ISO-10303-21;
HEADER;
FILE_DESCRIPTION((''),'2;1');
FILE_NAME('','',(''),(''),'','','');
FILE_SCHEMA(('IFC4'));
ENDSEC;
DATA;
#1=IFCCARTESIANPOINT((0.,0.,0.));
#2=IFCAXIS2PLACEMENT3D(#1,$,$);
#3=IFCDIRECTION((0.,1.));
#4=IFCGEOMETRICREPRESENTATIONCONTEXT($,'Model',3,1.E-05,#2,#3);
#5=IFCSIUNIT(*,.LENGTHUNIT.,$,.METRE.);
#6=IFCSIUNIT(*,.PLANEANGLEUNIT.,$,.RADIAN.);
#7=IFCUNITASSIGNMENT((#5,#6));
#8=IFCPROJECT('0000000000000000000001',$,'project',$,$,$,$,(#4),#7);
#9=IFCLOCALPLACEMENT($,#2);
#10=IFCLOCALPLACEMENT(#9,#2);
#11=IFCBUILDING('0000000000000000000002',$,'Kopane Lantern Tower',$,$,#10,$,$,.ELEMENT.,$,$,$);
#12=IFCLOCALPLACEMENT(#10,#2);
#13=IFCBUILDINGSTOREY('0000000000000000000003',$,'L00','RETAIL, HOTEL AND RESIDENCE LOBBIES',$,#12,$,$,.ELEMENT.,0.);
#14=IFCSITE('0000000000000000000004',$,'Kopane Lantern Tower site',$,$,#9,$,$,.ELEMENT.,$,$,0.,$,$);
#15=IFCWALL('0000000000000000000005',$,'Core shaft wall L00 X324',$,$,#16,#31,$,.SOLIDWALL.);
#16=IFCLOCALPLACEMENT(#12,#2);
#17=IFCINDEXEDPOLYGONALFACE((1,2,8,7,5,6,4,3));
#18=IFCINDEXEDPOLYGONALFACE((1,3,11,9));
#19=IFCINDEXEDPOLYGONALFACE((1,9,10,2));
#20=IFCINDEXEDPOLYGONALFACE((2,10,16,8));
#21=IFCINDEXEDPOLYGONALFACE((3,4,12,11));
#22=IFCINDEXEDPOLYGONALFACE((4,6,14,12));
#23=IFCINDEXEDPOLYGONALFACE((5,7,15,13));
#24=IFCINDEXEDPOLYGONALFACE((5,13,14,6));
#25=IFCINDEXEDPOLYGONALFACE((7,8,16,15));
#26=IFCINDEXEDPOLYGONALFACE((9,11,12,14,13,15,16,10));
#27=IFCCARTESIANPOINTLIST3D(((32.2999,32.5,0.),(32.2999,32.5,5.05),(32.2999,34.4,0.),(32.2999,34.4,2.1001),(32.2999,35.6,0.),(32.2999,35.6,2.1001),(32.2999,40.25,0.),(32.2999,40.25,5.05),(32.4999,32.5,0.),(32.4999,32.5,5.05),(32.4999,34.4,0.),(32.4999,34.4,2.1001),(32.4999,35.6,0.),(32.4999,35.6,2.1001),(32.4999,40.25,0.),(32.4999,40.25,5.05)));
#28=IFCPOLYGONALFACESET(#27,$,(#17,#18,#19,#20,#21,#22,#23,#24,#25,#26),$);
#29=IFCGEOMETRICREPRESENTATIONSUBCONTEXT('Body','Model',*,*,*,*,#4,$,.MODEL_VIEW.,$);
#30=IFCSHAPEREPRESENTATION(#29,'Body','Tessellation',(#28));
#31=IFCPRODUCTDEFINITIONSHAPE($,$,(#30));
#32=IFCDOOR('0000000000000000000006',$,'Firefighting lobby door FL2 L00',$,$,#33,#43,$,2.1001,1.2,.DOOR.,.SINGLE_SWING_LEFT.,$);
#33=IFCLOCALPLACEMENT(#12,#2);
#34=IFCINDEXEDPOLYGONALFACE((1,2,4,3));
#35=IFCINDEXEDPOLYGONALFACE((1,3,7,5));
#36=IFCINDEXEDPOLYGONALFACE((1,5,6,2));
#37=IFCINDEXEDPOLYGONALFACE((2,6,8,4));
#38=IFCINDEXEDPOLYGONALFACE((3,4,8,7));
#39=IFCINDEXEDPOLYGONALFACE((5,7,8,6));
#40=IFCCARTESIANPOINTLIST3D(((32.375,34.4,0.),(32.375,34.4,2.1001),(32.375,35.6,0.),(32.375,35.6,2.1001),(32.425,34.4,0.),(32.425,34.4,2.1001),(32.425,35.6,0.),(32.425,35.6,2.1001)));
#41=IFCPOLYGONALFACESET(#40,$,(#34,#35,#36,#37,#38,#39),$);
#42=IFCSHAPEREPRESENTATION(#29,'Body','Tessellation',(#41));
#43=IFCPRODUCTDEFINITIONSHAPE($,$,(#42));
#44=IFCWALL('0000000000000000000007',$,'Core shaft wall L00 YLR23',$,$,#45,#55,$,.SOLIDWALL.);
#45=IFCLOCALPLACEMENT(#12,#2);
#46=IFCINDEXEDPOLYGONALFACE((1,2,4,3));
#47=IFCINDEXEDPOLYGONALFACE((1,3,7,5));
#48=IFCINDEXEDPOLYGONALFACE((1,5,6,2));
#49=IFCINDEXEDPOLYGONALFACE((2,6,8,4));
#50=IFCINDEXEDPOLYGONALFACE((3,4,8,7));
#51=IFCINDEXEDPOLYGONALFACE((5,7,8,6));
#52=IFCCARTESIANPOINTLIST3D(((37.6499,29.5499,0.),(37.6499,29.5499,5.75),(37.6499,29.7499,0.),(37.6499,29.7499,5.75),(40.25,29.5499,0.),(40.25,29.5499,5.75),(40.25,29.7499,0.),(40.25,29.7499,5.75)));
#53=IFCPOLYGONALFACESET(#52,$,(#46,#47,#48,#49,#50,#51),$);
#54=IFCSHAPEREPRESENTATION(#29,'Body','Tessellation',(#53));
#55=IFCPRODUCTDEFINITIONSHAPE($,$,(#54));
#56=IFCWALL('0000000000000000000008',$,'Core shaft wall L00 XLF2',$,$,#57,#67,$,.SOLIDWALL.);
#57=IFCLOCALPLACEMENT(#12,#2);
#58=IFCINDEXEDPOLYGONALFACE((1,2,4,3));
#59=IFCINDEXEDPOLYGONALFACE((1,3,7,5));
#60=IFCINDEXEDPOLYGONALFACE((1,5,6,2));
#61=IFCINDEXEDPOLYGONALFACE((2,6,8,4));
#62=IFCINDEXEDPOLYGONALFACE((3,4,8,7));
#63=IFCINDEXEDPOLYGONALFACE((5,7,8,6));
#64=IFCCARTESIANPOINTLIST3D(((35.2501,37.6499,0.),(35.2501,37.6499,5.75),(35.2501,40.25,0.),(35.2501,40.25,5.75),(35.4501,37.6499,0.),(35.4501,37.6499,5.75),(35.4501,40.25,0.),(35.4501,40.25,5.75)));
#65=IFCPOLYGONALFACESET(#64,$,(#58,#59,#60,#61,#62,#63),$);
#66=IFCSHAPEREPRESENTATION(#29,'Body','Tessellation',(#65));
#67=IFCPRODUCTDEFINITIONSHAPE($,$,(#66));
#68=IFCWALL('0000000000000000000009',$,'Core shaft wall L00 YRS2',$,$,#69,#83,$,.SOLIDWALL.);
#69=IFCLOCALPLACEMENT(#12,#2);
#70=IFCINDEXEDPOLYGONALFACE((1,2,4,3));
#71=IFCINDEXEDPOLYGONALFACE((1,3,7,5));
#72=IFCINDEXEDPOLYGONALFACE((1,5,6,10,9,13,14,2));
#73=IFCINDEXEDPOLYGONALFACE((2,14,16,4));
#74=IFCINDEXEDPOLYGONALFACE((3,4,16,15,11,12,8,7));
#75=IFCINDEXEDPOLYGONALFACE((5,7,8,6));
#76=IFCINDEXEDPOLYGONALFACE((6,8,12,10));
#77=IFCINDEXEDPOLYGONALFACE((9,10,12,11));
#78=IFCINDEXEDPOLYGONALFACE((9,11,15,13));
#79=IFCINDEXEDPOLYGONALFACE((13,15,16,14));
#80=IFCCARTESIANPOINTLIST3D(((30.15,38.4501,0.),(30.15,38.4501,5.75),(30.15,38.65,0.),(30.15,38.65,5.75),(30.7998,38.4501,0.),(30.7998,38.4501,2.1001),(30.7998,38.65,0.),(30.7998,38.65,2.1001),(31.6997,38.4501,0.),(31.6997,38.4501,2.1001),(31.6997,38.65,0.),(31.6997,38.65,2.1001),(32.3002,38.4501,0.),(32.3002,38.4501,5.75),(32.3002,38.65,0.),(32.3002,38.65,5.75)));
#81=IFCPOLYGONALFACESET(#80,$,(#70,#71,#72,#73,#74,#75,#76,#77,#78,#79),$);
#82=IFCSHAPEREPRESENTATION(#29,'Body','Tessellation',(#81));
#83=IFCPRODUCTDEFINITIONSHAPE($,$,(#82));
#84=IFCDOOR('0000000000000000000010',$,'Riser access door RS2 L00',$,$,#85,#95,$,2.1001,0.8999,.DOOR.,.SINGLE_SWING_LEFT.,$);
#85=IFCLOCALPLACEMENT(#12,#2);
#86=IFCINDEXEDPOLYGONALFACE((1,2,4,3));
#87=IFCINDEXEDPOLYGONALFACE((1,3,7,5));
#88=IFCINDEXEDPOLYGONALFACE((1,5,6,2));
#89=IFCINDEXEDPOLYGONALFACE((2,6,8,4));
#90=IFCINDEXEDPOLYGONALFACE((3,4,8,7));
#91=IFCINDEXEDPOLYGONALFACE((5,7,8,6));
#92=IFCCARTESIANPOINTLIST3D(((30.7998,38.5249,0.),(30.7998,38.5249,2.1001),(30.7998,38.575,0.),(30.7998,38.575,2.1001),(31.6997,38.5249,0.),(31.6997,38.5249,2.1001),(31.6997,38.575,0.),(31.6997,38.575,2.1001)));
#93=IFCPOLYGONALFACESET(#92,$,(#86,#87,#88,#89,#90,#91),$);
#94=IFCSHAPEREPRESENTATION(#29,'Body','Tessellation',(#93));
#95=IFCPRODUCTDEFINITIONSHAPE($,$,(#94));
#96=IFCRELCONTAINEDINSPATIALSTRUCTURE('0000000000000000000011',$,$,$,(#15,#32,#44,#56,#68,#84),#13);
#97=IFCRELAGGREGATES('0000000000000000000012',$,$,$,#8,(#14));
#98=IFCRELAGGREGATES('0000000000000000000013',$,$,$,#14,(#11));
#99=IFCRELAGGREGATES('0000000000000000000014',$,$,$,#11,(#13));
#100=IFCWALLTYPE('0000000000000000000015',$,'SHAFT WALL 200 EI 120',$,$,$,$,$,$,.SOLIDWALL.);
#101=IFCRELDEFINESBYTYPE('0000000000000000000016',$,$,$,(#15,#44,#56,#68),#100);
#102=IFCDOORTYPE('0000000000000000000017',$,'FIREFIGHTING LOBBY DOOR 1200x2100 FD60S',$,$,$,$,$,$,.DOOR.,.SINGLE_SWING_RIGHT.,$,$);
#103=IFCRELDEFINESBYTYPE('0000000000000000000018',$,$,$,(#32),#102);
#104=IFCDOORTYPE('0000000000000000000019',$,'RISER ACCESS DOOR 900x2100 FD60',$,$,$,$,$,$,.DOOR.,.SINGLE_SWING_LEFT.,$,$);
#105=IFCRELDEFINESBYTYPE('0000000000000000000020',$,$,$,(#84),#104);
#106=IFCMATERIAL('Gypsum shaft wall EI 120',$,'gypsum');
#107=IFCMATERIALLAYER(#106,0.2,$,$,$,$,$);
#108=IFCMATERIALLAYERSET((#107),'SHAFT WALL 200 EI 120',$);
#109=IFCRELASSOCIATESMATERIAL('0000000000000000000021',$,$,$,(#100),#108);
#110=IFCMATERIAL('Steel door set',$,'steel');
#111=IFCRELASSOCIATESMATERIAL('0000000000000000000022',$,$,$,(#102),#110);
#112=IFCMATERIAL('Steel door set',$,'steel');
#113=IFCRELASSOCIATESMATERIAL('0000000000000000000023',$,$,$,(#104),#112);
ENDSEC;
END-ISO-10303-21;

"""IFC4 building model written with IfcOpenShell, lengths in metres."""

from ifc_helpers import new_model, si_unit, direction, frame, frame_2d, origin, place, context, subcontext, project, spatial, rectangle, extrude, material, layer, layer_set, type_object, element, fill, save


model = new_model("IFC4")

# Units and contexts
model_context = context("Model", 3, precision=1e-05, world=origin(), true_north=direction((0.0, 1.0)))
body_context = subcontext(model_context, "Body", "Model", "MODEL_VIEW")
ifc_project = project(units=[si_unit("LENGTHUNIT", "METRE"), si_unit("PLANEANGLEUNIT", "RADIAN")], contexts=[model_context])

# Site, building, storey
site_placement = place(None, origin())
site = spatial("IfcSite", under=ifc_project, at=site_placement, Name="Kopane Lantern Tower site", CompositionType="ELEMENT", RefElevation=0.0)
building_placement = place(site_placement, origin())
building = spatial("IfcBuilding", under=site, at=building_placement, Name="Kopane Lantern Tower", CompositionType="ELEMENT")
storey_placement = place(building_placement, origin())
storey = spatial("IfcBuildingStorey", under=building, at=storey_placement, Name="L00", Description="RETAIL, HOTEL AND RESIDENCE LOBBIES", CompositionType="ELEMENT", Elevation=0.0)

# Shared definitions
ifc_material_1 = material(Name="Gypsum shaft wall EI 120", Category="gypsum")
ifc_layer_1 = layer(ifc_material_1, 0.2)
ifc_layer_set_1 = layer_set([ifc_layer_1], Name="SHAFT WALL 200 EI 120")
wall_type_1 = type_object("IfcWallType", Name="SHAFT WALL 200 EI 120", PredefinedType="SOLIDWALL", material=ifc_layer_set_1)

# Wall, opening, door
wall_1_placement = place(storey_placement, frame((32.3999, 32.5, 0.0), z_axis=(0.0, 0.0, 1.0), x_axis=(0.0, 1.0, 0.0)))
wall_1 = element("IfcWall", 1, at=wall_1_placement, inside=storey, type_object=wall_type_1, Name="Core shaft wall L00 X324", PredefinedType="SOLIDWALL", context=body_context, shape_type="SweptSolid", body=[
    extrude(rectangle(XDim=7.75, YDim=0.2, at=frame_2d((3.875, 0.0))), origin(), (0.0, 0.0, 1.0), 5.05),
])
opening_1_placement = place(wall_1_placement, frame((1.8999, 0.0, 0.0)))
opening_1 = element("IfcOpeningElement", 2, at=opening_1_placement, cuts=wall_1, PredefinedType="OPENING", context=body_context, shape_type="SweptSolid", body=[
    extrude(rectangle(XDim=1.2, YDim=2.1001, at=frame_2d((0.6001, 1.05))), frame((0.0, 0.1099, 0.0), z_axis=(0.0, -1.0, 0.0), x_axis=(1.0, 0.0, 0.0)), (0.0, 0.0, 1.0), 0.22),
])
ifc_material_2 = material(Name="Steel door set", Category="steel")
door_type_1 = type_object("IfcDoorType", Name="FIREFIGHTING LOBBY DOOR 1200x2100 FD60S", OperationType="SINGLE_SWING_RIGHT", PredefinedType="DOOR", material=ifc_material_2)
door_1_placement = place(opening_1_placement, origin())
door_1 = element("IfcDoor", 3, at=door_1_placement, inside=storey, type_object=door_type_1, Name="Firefighting lobby door FL2 L00", OperationType="SINGLE_SWING_LEFT", OverallHeight=2.1001, OverallWidth=1.2, PredefinedType="DOOR", context=body_context, shape_type="SweptSolid", body=[
    extrude(rectangle(XDim=1.2, YDim=2.1001, at=frame_2d((0.6001, 1.05))), frame((0.0, 0.0249, 0.0), z_axis=(0.0, -1.0, 0.0), x_axis=(1.0, 0.0, 0.0)), (0.0, 0.0, 1.0), 0.05),
])
fill(opening_1, door_1)

# Walls
for number, where, z_axis, x_axis, name in (
    (4, (37.6499, 29.6499, 0.0), (0.0, 0.0, 1.0), (1.0, 0.0, 0.0), "Core shaft wall L00 YLR23"),
    (5, (35.3501, 37.6499, 0.0), (0.0, 0.0, 1.0), (0.0, 1.0, 0.0), "Core shaft wall L00 XLF2"),
):
    element("IfcWall", number, at=place(storey_placement, frame(where, z_axis=z_axis, x_axis=x_axis)), inside=storey, type_object=wall_type_1, Name=name, PredefinedType="SOLIDWALL", context=body_context, shape_type="SweptSolid", body=[
        extrude(rectangle(XDim=2.6001, YDim=0.2, at=frame_2d((1.3, 0.0))), origin(), (0.0, 0.0, 1.0), 5.75),
    ])

# Wall, opening, door
wall_2_placement = place(storey_placement, frame((30.1499, 38.55, 0.0), z_axis=(0.0, 0.0, 1.0), x_axis=(1.0, 0.0, 0.0)))
wall_2 = element("IfcWall", 6, at=wall_2_placement, inside=storey, type_object=wall_type_1, Name="Core shaft wall L00 YRS2", PredefinedType="SOLIDWALL", context=body_context, shape_type="SweptSolid", body=[
    extrude(rectangle(XDim=2.1501, YDim=0.2, at=frame_2d((1.0752, 0.0))), origin(), (0.0, 0.0, 1.0), 5.75),
])
opening_2_placement = place(wall_2_placement, frame((0.6499, 0.0, 0.0)))
opening_2 = element("IfcOpeningElement", 7, at=opening_2_placement, cuts=wall_2, PredefinedType="OPENING", context=body_context, shape_type="SweptSolid", body=[
    extrude(rectangle(XDim=0.8999, YDim=2.1001, at=frame_2d((0.45, 1.05))), frame((0.0, 0.1099, 0.0), z_axis=(0.0, -1.0, 0.0), x_axis=(1.0, 0.0, 0.0)), (0.0, 0.0, 1.0), 0.22),
])
ifc_material_3 = material(Name="Steel door set", Category="steel")
door_type_2 = type_object("IfcDoorType", Name="RISER ACCESS DOOR 900x2100 FD60", OperationType="SINGLE_SWING_LEFT", PredefinedType="DOOR", material=ifc_material_3)
door_2_placement = place(opening_2_placement, origin())
door_2 = element("IfcDoor", 8, at=door_2_placement, inside=storey, type_object=door_type_2, Name="Riser access door RS2 L00", OperationType="SINGLE_SWING_LEFT", OverallHeight=2.1001, OverallWidth=0.8999, PredefinedType="DOOR", context=body_context, shape_type="SweptSolid", body=[
    extrude(rectangle(XDim=0.8999, YDim=2.1001, at=frame_2d((0.45, 1.05))), frame((0.0, 0.0249, 0.0), z_axis=(0.0, -1.0, 0.0), x_axis=(1.0, 0.0, 0.0)), (0.0, 0.0, 1.0), 0.05),
])
fill(opening_2, door_2)

save(model, "model.ifc")
